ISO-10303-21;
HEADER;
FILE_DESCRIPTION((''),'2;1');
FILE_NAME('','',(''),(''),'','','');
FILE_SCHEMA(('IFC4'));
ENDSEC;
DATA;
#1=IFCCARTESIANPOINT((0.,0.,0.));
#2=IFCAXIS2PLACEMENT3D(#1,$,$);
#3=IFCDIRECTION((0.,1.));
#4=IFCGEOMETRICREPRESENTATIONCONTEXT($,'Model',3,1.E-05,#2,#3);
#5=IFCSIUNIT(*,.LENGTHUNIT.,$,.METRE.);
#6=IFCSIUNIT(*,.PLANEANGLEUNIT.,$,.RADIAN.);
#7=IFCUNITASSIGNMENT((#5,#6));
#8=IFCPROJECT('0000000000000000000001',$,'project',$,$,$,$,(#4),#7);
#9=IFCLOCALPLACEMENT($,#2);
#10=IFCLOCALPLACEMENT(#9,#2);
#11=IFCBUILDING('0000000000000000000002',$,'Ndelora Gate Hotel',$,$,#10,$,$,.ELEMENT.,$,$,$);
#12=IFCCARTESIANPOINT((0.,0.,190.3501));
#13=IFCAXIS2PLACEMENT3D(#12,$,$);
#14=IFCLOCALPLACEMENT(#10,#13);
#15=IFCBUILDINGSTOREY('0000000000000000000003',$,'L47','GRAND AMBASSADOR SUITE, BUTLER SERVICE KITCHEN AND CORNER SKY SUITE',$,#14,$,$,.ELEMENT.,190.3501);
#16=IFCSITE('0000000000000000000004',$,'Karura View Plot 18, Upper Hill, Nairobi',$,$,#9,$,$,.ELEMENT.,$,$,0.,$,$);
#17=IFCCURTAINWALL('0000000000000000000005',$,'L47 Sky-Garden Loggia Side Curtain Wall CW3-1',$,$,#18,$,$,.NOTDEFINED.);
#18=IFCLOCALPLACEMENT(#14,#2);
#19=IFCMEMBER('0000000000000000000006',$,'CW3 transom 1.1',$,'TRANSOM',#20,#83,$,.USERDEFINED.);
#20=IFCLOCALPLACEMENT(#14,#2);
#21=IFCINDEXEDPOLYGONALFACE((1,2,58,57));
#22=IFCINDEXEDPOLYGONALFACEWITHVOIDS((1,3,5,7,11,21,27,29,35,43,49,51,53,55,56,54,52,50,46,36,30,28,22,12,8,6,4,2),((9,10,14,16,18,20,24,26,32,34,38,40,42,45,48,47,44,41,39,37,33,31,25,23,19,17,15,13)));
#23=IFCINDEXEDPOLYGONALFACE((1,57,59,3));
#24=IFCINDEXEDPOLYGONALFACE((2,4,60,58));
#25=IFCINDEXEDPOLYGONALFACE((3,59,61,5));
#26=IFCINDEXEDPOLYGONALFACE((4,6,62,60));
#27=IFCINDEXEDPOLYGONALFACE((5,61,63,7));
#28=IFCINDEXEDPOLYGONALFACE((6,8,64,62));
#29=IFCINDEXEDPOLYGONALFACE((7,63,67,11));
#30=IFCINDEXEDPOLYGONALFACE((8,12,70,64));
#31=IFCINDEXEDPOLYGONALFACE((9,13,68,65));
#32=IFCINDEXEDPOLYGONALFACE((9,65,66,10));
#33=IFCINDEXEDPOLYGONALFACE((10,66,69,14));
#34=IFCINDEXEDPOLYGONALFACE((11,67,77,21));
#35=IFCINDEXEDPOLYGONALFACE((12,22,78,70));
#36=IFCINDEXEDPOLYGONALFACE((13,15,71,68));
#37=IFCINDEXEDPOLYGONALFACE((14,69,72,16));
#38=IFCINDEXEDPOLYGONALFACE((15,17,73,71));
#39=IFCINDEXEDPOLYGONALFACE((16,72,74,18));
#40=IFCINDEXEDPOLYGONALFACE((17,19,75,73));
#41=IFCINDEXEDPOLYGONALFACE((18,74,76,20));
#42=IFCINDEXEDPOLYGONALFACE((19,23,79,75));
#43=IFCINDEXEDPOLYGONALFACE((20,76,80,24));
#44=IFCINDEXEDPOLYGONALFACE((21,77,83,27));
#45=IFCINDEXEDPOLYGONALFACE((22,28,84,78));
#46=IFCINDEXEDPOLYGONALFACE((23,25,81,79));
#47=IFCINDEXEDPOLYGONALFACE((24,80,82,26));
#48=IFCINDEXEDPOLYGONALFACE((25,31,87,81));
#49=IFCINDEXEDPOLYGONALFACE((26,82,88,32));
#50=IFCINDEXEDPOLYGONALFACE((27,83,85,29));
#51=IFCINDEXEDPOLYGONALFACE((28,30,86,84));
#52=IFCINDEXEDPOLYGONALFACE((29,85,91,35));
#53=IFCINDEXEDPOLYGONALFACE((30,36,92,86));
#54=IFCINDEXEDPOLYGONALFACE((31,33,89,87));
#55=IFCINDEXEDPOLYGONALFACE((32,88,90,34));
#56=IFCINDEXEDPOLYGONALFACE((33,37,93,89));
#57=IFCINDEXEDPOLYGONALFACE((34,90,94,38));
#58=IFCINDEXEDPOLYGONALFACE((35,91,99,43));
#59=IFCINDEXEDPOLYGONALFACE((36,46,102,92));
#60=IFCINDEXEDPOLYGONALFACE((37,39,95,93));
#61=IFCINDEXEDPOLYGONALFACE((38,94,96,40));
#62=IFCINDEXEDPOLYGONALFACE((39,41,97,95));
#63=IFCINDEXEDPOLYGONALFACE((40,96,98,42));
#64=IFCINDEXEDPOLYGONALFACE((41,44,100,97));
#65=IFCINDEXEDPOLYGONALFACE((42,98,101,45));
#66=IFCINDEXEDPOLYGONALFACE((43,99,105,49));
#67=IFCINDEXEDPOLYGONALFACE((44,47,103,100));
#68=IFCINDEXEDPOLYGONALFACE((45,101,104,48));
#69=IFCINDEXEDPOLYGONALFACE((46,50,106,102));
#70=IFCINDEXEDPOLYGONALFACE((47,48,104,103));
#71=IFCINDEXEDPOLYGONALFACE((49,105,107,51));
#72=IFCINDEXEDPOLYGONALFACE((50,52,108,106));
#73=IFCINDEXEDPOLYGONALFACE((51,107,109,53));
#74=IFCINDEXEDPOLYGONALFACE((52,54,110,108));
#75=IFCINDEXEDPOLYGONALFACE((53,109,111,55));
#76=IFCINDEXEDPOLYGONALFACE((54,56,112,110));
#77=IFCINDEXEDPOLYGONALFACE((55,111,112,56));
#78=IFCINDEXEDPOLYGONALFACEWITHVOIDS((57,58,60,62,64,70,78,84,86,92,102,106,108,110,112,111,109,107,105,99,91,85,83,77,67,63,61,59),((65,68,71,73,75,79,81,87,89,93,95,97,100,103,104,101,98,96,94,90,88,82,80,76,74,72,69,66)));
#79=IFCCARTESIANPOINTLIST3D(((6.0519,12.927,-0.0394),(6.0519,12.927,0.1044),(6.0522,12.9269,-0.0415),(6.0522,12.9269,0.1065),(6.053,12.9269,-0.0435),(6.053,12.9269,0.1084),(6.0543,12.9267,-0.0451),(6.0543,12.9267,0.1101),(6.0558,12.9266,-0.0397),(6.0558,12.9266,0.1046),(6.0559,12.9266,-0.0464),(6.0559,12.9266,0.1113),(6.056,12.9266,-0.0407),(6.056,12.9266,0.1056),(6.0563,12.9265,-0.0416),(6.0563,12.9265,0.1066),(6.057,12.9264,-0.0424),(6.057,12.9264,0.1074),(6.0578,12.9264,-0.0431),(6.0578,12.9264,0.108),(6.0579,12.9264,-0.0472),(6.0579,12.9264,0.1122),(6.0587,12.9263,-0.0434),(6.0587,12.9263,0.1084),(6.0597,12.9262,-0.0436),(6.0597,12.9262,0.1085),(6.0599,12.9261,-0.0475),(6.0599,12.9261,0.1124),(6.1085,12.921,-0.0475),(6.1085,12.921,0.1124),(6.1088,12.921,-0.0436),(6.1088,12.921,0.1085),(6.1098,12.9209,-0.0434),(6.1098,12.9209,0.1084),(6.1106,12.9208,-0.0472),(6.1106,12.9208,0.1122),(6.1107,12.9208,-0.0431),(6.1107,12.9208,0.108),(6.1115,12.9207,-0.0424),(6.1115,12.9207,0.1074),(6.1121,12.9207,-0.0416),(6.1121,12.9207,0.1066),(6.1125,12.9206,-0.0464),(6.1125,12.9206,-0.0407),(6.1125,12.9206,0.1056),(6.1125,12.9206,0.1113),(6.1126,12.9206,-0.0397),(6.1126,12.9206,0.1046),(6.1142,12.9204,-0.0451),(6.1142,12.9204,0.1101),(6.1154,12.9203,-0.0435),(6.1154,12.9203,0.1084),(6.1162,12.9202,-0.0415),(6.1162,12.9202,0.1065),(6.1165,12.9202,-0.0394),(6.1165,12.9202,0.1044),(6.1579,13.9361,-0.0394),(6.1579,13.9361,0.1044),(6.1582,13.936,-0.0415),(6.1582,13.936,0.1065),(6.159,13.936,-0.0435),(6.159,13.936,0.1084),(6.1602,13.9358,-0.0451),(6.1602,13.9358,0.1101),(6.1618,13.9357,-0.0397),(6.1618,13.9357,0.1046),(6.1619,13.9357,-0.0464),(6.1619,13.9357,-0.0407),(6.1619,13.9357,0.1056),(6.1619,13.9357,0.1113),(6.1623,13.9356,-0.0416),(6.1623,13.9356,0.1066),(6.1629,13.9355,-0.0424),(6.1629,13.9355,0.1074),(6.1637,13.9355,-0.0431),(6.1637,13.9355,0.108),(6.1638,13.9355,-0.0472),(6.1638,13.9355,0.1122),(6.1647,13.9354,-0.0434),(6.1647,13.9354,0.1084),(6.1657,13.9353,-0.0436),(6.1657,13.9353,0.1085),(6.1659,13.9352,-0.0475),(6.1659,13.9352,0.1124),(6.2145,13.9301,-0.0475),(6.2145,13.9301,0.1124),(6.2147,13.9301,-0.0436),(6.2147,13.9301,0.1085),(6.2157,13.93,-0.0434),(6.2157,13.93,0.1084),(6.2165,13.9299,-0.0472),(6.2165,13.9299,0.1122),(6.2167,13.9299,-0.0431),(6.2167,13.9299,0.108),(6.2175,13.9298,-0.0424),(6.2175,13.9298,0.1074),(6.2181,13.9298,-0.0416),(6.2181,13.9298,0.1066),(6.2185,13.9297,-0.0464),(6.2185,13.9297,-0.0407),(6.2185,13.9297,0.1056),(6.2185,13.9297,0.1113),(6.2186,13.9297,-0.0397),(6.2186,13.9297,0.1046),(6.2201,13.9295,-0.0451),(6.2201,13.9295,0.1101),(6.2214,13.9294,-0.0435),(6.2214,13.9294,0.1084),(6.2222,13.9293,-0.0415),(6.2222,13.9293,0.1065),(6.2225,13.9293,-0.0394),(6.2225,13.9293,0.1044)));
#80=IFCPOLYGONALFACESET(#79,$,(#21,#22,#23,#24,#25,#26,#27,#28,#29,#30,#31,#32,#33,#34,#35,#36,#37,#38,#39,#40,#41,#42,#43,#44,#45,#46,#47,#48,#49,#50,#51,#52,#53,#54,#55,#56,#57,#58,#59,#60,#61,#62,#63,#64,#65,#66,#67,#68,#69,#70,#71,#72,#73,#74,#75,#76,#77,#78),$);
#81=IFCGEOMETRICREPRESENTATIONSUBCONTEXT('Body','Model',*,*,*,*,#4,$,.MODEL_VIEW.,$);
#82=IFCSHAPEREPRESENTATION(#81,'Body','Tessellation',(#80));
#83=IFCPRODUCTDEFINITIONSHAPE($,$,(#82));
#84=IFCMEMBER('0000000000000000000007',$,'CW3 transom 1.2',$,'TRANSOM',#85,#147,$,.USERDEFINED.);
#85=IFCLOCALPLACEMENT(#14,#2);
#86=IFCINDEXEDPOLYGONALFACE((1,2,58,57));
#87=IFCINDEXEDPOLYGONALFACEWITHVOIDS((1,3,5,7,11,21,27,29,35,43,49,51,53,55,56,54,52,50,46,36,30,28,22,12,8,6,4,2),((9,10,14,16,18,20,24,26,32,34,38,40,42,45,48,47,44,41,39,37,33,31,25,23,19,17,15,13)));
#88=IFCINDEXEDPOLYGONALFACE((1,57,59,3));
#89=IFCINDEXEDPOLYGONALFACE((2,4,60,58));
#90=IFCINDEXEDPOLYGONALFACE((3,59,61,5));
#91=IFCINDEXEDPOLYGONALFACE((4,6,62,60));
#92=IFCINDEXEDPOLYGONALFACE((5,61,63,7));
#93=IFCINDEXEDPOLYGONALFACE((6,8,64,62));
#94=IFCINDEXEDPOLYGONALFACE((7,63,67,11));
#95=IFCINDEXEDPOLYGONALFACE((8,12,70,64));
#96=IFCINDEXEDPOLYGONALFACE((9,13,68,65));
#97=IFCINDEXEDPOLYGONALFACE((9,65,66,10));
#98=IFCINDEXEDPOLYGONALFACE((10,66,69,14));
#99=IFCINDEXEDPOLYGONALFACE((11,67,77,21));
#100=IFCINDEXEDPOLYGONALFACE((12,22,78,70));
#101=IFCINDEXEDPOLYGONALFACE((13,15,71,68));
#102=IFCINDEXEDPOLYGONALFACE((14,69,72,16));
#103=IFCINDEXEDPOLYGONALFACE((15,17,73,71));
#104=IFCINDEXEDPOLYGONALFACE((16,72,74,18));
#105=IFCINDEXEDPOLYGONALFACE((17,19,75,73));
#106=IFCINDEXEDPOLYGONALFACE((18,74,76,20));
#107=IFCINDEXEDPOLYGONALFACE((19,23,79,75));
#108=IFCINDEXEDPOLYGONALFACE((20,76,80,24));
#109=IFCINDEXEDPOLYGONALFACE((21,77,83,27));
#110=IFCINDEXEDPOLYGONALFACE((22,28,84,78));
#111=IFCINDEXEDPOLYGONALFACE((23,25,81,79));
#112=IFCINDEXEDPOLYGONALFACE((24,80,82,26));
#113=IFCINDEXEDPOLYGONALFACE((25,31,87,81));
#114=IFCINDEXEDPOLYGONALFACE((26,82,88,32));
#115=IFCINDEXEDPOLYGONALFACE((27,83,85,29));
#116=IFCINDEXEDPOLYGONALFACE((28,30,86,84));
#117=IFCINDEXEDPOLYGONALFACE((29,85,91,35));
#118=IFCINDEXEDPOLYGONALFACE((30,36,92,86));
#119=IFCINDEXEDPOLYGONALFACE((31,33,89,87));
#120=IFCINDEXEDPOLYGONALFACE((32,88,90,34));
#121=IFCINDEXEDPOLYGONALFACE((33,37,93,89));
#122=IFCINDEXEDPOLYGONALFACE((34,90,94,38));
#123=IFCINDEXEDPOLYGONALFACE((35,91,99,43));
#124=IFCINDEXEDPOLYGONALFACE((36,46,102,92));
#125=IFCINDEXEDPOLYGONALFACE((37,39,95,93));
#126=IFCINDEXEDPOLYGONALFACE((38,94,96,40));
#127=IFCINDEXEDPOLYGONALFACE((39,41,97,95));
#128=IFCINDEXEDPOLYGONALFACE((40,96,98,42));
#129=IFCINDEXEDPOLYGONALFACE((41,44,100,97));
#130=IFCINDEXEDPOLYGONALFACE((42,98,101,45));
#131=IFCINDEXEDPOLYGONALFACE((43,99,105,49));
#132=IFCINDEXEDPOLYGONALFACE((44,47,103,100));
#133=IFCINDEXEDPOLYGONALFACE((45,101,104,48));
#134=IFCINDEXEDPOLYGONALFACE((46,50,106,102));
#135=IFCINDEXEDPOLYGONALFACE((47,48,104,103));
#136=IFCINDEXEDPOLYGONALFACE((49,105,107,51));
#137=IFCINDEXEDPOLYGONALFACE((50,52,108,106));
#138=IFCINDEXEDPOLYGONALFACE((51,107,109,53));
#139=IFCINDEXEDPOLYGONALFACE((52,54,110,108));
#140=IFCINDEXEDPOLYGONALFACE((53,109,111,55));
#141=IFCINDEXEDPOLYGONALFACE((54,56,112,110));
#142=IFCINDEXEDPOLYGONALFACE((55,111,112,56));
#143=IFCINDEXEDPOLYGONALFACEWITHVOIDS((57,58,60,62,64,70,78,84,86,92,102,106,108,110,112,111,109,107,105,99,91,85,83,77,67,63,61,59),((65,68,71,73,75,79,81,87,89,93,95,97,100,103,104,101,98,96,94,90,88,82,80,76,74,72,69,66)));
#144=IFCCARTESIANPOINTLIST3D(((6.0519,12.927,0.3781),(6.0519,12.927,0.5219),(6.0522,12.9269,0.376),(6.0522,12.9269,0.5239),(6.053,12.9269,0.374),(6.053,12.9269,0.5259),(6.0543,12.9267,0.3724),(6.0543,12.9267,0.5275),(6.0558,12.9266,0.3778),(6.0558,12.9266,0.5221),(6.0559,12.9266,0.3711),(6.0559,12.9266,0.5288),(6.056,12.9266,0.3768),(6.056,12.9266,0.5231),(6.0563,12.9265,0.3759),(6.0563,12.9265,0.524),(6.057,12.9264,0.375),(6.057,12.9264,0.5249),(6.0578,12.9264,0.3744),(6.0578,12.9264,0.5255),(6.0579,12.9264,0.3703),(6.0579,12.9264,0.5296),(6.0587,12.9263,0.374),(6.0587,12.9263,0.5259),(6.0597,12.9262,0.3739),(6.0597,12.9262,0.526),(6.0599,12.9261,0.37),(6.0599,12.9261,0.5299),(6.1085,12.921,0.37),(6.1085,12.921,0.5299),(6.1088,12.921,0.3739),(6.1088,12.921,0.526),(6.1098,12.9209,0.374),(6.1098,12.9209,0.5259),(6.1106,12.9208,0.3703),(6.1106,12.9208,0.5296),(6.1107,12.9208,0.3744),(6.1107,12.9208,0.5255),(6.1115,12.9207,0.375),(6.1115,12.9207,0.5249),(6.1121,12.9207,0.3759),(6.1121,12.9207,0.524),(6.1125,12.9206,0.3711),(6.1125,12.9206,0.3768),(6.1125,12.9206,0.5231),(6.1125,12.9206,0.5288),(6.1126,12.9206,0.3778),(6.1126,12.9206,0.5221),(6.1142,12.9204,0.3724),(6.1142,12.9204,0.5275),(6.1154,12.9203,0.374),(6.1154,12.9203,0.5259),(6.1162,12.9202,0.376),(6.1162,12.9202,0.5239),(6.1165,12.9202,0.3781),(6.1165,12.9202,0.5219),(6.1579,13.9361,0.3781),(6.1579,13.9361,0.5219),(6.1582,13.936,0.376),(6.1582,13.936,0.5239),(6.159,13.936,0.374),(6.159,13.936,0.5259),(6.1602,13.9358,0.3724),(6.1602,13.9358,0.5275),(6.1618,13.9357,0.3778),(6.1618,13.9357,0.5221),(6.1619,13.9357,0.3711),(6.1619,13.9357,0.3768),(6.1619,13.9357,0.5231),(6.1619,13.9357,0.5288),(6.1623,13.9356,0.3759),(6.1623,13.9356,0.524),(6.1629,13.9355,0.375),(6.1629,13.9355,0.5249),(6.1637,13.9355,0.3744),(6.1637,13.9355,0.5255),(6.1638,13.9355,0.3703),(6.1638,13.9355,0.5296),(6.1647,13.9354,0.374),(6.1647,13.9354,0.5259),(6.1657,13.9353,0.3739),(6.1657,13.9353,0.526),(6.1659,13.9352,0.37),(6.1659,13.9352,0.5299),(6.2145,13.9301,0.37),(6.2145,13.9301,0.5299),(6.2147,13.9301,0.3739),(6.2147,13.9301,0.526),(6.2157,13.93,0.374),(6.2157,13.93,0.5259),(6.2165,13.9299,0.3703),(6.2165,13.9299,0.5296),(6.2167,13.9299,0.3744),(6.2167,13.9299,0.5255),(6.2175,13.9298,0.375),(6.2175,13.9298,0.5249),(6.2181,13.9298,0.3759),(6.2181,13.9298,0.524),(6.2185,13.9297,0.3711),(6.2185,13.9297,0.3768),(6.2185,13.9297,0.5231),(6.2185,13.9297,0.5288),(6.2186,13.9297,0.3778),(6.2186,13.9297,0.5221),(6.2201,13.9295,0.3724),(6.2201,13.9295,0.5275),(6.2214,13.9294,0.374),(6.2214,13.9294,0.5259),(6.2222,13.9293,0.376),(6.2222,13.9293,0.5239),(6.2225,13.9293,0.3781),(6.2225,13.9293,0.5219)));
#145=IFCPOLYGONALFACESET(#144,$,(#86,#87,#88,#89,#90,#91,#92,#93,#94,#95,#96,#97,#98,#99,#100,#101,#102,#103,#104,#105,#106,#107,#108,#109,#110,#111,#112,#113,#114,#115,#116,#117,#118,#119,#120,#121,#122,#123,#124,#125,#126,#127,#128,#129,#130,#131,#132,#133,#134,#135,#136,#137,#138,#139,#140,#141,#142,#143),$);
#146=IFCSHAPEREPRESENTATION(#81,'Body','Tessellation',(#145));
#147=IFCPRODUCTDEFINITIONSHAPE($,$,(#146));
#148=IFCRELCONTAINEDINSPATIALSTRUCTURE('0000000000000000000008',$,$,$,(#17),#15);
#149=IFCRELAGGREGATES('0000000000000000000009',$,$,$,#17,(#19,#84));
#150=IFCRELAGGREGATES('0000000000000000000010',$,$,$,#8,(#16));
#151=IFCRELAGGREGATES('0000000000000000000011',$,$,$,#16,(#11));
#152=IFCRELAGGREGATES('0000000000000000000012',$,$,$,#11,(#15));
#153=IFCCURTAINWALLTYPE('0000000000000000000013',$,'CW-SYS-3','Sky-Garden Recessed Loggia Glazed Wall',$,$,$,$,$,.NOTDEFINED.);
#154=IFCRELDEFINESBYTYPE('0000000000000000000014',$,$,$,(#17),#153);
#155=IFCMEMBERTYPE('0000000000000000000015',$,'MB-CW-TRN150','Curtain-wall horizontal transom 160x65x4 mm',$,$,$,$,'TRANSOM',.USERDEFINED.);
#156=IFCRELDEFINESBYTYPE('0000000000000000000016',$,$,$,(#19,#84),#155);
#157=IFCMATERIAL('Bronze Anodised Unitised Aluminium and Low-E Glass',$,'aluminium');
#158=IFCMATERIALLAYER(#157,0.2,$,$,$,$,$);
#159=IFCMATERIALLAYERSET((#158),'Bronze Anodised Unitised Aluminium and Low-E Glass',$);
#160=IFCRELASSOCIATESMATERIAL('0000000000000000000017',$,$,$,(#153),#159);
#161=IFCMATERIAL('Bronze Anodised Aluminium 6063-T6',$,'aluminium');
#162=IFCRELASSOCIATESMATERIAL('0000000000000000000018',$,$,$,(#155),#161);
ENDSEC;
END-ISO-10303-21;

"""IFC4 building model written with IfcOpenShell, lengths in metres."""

from ifc_helpers import new_model, si_unit, direction, frame, origin, origin_2d, place, context, subcontext, project, spatial, hollow_rectangle, extrude, material, layer, layer_set, material_profile, profile_set, type_object, element, aggregate, save


model = new_model("IFC4")

# Units and contexts
model_context = context("Model", 3, precision=1e-05, world=origin(), true_north=direction((0.0, 1.0)))
body_context = subcontext(model_context, "Body", "Model", "MODEL_VIEW")
ifc_project = project(units=[si_unit("LENGTHUNIT", "METRE"), si_unit("PLANEANGLEUNIT", "RADIAN")], contexts=[model_context])

# Site, building, storey
site_placement = place(None, origin())
site = spatial("IfcSite", under=ifc_project, at=site_placement, Name="Karura View Plot 18, Upper Hill, Nairobi", CompositionType="ELEMENT", RefElevation=0.0)
building_placement = place(site_placement, origin())
building = spatial("IfcBuilding", under=site, at=building_placement, Name="Ndelora Gate Hotel", CompositionType="ELEMENT")
storey_placement = place(building_placement, frame((0.0, 0.0, 190.3501)))
storey = spatial("IfcBuildingStorey", under=building, at=storey_placement, Name="L47", Description="GRAND AMBASSADOR SUITE, BUTLER SERVICE KITCHEN AND CORNER SKY SUITE", CompositionType="ELEMENT", Elevation=190.3501)

# Curtain wall, members
ifc_material_1 = material(Name="Bronze Anodised Unitised Aluminium and Low-E Glass", Category="aluminium")
ifc_layer_1 = layer(ifc_material_1, 0.2)
ifc_layer_set_1 = layer_set([ifc_layer_1], Name="Bronze Anodised Unitised Aluminium and Low-E Glass")
curtain_wall_type = type_object("IfcCurtainWallType", Name="CW-SYS-3", Description="Sky-Garden Recessed Loggia Glazed Wall", PredefinedType="NOTDEFINED", material=ifc_layer_set_1)
curtain_wall_placement = place(storey_placement, origin())
curtain_wall = element("IfcCurtainWall", 1, at=curtain_wall_placement, inside=storey, type_object=curtain_wall_type, Name="L47 Sky-Garden Loggia Side Curtain Wall CW3-1", PredefinedType="NOTDEFINED")
ifc_material_2 = material(Name="Bronze Anodised Aluminium 6063-T6", Category="aluminium")
ifc_material_profile_1 = material_profile(ifc_material_2, hollow_rectangle(XDim=0.0649, YDim=0.1599, WallThickness=0.0039, InnerFilletRadius=0.0039, OuterFilletRadius=0.0081, at=origin_2d()), Name="ALU 160x65x4")
ifc_profile_set_1 = profile_set([ifc_material_profile_1], Name="Bronze Anodised Aluminium 6063-T6")
member_type_1 = type_object("IfcMemberType", Name="MB-CW-TRN150", Description="Curtain-wall horizontal transom 160x65x4 mm", ElementType="TRANSOM", PredefinedType="USERDEFINED", material=ifc_profile_set_1)
member_1_placement = place(storey_placement, frame((6.0842, 12.9236, 0.0325), z_axis=(0.104434, 0.994532, 0.0), x_axis=(-0.994532, 0.104434, 0.0)))
member_1 = element("IfcMember", 2, at=member_1_placement, type_object=member_type_1, Name="CW3 transom 1.1", ObjectType="TRANSOM", PredefinedType="USERDEFINED", context=body_context, shape_type="SweptSolid", body=[
    extrude(hollow_rectangle(XDim=0.0649, YDim=0.1599, WallThickness=0.0039, InnerFilletRadius=0.0039, OuterFilletRadius=0.0081, at=origin_2d()), origin(), (0.0, 0.0, 1.0), 1.0146),
])
member_2_placement = place(storey_placement, frame((6.0842, 12.9236, 0.45), z_axis=(0.104434, 0.994532, 0.0), x_axis=(-0.994532, 0.104434, 0.0)))
member_2 = element("IfcMember", 3, at=member_2_placement, type_object=member_type_1, Name="CW3 transom 1.2", ObjectType="TRANSOM", PredefinedType="USERDEFINED", context=body_context, shape_type="SweptSolid", body=[
    extrude(hollow_rectangle(XDim=0.0649, YDim=0.1599, WallThickness=0.0039, InnerFilletRadius=0.0039, OuterFilletRadius=0.0081, at=origin_2d()), origin(), (0.0, 0.0, 1.0), 1.0146),
])
aggregate(curtain_wall, [member_1, member_2])

save(model, "model.ifc")
